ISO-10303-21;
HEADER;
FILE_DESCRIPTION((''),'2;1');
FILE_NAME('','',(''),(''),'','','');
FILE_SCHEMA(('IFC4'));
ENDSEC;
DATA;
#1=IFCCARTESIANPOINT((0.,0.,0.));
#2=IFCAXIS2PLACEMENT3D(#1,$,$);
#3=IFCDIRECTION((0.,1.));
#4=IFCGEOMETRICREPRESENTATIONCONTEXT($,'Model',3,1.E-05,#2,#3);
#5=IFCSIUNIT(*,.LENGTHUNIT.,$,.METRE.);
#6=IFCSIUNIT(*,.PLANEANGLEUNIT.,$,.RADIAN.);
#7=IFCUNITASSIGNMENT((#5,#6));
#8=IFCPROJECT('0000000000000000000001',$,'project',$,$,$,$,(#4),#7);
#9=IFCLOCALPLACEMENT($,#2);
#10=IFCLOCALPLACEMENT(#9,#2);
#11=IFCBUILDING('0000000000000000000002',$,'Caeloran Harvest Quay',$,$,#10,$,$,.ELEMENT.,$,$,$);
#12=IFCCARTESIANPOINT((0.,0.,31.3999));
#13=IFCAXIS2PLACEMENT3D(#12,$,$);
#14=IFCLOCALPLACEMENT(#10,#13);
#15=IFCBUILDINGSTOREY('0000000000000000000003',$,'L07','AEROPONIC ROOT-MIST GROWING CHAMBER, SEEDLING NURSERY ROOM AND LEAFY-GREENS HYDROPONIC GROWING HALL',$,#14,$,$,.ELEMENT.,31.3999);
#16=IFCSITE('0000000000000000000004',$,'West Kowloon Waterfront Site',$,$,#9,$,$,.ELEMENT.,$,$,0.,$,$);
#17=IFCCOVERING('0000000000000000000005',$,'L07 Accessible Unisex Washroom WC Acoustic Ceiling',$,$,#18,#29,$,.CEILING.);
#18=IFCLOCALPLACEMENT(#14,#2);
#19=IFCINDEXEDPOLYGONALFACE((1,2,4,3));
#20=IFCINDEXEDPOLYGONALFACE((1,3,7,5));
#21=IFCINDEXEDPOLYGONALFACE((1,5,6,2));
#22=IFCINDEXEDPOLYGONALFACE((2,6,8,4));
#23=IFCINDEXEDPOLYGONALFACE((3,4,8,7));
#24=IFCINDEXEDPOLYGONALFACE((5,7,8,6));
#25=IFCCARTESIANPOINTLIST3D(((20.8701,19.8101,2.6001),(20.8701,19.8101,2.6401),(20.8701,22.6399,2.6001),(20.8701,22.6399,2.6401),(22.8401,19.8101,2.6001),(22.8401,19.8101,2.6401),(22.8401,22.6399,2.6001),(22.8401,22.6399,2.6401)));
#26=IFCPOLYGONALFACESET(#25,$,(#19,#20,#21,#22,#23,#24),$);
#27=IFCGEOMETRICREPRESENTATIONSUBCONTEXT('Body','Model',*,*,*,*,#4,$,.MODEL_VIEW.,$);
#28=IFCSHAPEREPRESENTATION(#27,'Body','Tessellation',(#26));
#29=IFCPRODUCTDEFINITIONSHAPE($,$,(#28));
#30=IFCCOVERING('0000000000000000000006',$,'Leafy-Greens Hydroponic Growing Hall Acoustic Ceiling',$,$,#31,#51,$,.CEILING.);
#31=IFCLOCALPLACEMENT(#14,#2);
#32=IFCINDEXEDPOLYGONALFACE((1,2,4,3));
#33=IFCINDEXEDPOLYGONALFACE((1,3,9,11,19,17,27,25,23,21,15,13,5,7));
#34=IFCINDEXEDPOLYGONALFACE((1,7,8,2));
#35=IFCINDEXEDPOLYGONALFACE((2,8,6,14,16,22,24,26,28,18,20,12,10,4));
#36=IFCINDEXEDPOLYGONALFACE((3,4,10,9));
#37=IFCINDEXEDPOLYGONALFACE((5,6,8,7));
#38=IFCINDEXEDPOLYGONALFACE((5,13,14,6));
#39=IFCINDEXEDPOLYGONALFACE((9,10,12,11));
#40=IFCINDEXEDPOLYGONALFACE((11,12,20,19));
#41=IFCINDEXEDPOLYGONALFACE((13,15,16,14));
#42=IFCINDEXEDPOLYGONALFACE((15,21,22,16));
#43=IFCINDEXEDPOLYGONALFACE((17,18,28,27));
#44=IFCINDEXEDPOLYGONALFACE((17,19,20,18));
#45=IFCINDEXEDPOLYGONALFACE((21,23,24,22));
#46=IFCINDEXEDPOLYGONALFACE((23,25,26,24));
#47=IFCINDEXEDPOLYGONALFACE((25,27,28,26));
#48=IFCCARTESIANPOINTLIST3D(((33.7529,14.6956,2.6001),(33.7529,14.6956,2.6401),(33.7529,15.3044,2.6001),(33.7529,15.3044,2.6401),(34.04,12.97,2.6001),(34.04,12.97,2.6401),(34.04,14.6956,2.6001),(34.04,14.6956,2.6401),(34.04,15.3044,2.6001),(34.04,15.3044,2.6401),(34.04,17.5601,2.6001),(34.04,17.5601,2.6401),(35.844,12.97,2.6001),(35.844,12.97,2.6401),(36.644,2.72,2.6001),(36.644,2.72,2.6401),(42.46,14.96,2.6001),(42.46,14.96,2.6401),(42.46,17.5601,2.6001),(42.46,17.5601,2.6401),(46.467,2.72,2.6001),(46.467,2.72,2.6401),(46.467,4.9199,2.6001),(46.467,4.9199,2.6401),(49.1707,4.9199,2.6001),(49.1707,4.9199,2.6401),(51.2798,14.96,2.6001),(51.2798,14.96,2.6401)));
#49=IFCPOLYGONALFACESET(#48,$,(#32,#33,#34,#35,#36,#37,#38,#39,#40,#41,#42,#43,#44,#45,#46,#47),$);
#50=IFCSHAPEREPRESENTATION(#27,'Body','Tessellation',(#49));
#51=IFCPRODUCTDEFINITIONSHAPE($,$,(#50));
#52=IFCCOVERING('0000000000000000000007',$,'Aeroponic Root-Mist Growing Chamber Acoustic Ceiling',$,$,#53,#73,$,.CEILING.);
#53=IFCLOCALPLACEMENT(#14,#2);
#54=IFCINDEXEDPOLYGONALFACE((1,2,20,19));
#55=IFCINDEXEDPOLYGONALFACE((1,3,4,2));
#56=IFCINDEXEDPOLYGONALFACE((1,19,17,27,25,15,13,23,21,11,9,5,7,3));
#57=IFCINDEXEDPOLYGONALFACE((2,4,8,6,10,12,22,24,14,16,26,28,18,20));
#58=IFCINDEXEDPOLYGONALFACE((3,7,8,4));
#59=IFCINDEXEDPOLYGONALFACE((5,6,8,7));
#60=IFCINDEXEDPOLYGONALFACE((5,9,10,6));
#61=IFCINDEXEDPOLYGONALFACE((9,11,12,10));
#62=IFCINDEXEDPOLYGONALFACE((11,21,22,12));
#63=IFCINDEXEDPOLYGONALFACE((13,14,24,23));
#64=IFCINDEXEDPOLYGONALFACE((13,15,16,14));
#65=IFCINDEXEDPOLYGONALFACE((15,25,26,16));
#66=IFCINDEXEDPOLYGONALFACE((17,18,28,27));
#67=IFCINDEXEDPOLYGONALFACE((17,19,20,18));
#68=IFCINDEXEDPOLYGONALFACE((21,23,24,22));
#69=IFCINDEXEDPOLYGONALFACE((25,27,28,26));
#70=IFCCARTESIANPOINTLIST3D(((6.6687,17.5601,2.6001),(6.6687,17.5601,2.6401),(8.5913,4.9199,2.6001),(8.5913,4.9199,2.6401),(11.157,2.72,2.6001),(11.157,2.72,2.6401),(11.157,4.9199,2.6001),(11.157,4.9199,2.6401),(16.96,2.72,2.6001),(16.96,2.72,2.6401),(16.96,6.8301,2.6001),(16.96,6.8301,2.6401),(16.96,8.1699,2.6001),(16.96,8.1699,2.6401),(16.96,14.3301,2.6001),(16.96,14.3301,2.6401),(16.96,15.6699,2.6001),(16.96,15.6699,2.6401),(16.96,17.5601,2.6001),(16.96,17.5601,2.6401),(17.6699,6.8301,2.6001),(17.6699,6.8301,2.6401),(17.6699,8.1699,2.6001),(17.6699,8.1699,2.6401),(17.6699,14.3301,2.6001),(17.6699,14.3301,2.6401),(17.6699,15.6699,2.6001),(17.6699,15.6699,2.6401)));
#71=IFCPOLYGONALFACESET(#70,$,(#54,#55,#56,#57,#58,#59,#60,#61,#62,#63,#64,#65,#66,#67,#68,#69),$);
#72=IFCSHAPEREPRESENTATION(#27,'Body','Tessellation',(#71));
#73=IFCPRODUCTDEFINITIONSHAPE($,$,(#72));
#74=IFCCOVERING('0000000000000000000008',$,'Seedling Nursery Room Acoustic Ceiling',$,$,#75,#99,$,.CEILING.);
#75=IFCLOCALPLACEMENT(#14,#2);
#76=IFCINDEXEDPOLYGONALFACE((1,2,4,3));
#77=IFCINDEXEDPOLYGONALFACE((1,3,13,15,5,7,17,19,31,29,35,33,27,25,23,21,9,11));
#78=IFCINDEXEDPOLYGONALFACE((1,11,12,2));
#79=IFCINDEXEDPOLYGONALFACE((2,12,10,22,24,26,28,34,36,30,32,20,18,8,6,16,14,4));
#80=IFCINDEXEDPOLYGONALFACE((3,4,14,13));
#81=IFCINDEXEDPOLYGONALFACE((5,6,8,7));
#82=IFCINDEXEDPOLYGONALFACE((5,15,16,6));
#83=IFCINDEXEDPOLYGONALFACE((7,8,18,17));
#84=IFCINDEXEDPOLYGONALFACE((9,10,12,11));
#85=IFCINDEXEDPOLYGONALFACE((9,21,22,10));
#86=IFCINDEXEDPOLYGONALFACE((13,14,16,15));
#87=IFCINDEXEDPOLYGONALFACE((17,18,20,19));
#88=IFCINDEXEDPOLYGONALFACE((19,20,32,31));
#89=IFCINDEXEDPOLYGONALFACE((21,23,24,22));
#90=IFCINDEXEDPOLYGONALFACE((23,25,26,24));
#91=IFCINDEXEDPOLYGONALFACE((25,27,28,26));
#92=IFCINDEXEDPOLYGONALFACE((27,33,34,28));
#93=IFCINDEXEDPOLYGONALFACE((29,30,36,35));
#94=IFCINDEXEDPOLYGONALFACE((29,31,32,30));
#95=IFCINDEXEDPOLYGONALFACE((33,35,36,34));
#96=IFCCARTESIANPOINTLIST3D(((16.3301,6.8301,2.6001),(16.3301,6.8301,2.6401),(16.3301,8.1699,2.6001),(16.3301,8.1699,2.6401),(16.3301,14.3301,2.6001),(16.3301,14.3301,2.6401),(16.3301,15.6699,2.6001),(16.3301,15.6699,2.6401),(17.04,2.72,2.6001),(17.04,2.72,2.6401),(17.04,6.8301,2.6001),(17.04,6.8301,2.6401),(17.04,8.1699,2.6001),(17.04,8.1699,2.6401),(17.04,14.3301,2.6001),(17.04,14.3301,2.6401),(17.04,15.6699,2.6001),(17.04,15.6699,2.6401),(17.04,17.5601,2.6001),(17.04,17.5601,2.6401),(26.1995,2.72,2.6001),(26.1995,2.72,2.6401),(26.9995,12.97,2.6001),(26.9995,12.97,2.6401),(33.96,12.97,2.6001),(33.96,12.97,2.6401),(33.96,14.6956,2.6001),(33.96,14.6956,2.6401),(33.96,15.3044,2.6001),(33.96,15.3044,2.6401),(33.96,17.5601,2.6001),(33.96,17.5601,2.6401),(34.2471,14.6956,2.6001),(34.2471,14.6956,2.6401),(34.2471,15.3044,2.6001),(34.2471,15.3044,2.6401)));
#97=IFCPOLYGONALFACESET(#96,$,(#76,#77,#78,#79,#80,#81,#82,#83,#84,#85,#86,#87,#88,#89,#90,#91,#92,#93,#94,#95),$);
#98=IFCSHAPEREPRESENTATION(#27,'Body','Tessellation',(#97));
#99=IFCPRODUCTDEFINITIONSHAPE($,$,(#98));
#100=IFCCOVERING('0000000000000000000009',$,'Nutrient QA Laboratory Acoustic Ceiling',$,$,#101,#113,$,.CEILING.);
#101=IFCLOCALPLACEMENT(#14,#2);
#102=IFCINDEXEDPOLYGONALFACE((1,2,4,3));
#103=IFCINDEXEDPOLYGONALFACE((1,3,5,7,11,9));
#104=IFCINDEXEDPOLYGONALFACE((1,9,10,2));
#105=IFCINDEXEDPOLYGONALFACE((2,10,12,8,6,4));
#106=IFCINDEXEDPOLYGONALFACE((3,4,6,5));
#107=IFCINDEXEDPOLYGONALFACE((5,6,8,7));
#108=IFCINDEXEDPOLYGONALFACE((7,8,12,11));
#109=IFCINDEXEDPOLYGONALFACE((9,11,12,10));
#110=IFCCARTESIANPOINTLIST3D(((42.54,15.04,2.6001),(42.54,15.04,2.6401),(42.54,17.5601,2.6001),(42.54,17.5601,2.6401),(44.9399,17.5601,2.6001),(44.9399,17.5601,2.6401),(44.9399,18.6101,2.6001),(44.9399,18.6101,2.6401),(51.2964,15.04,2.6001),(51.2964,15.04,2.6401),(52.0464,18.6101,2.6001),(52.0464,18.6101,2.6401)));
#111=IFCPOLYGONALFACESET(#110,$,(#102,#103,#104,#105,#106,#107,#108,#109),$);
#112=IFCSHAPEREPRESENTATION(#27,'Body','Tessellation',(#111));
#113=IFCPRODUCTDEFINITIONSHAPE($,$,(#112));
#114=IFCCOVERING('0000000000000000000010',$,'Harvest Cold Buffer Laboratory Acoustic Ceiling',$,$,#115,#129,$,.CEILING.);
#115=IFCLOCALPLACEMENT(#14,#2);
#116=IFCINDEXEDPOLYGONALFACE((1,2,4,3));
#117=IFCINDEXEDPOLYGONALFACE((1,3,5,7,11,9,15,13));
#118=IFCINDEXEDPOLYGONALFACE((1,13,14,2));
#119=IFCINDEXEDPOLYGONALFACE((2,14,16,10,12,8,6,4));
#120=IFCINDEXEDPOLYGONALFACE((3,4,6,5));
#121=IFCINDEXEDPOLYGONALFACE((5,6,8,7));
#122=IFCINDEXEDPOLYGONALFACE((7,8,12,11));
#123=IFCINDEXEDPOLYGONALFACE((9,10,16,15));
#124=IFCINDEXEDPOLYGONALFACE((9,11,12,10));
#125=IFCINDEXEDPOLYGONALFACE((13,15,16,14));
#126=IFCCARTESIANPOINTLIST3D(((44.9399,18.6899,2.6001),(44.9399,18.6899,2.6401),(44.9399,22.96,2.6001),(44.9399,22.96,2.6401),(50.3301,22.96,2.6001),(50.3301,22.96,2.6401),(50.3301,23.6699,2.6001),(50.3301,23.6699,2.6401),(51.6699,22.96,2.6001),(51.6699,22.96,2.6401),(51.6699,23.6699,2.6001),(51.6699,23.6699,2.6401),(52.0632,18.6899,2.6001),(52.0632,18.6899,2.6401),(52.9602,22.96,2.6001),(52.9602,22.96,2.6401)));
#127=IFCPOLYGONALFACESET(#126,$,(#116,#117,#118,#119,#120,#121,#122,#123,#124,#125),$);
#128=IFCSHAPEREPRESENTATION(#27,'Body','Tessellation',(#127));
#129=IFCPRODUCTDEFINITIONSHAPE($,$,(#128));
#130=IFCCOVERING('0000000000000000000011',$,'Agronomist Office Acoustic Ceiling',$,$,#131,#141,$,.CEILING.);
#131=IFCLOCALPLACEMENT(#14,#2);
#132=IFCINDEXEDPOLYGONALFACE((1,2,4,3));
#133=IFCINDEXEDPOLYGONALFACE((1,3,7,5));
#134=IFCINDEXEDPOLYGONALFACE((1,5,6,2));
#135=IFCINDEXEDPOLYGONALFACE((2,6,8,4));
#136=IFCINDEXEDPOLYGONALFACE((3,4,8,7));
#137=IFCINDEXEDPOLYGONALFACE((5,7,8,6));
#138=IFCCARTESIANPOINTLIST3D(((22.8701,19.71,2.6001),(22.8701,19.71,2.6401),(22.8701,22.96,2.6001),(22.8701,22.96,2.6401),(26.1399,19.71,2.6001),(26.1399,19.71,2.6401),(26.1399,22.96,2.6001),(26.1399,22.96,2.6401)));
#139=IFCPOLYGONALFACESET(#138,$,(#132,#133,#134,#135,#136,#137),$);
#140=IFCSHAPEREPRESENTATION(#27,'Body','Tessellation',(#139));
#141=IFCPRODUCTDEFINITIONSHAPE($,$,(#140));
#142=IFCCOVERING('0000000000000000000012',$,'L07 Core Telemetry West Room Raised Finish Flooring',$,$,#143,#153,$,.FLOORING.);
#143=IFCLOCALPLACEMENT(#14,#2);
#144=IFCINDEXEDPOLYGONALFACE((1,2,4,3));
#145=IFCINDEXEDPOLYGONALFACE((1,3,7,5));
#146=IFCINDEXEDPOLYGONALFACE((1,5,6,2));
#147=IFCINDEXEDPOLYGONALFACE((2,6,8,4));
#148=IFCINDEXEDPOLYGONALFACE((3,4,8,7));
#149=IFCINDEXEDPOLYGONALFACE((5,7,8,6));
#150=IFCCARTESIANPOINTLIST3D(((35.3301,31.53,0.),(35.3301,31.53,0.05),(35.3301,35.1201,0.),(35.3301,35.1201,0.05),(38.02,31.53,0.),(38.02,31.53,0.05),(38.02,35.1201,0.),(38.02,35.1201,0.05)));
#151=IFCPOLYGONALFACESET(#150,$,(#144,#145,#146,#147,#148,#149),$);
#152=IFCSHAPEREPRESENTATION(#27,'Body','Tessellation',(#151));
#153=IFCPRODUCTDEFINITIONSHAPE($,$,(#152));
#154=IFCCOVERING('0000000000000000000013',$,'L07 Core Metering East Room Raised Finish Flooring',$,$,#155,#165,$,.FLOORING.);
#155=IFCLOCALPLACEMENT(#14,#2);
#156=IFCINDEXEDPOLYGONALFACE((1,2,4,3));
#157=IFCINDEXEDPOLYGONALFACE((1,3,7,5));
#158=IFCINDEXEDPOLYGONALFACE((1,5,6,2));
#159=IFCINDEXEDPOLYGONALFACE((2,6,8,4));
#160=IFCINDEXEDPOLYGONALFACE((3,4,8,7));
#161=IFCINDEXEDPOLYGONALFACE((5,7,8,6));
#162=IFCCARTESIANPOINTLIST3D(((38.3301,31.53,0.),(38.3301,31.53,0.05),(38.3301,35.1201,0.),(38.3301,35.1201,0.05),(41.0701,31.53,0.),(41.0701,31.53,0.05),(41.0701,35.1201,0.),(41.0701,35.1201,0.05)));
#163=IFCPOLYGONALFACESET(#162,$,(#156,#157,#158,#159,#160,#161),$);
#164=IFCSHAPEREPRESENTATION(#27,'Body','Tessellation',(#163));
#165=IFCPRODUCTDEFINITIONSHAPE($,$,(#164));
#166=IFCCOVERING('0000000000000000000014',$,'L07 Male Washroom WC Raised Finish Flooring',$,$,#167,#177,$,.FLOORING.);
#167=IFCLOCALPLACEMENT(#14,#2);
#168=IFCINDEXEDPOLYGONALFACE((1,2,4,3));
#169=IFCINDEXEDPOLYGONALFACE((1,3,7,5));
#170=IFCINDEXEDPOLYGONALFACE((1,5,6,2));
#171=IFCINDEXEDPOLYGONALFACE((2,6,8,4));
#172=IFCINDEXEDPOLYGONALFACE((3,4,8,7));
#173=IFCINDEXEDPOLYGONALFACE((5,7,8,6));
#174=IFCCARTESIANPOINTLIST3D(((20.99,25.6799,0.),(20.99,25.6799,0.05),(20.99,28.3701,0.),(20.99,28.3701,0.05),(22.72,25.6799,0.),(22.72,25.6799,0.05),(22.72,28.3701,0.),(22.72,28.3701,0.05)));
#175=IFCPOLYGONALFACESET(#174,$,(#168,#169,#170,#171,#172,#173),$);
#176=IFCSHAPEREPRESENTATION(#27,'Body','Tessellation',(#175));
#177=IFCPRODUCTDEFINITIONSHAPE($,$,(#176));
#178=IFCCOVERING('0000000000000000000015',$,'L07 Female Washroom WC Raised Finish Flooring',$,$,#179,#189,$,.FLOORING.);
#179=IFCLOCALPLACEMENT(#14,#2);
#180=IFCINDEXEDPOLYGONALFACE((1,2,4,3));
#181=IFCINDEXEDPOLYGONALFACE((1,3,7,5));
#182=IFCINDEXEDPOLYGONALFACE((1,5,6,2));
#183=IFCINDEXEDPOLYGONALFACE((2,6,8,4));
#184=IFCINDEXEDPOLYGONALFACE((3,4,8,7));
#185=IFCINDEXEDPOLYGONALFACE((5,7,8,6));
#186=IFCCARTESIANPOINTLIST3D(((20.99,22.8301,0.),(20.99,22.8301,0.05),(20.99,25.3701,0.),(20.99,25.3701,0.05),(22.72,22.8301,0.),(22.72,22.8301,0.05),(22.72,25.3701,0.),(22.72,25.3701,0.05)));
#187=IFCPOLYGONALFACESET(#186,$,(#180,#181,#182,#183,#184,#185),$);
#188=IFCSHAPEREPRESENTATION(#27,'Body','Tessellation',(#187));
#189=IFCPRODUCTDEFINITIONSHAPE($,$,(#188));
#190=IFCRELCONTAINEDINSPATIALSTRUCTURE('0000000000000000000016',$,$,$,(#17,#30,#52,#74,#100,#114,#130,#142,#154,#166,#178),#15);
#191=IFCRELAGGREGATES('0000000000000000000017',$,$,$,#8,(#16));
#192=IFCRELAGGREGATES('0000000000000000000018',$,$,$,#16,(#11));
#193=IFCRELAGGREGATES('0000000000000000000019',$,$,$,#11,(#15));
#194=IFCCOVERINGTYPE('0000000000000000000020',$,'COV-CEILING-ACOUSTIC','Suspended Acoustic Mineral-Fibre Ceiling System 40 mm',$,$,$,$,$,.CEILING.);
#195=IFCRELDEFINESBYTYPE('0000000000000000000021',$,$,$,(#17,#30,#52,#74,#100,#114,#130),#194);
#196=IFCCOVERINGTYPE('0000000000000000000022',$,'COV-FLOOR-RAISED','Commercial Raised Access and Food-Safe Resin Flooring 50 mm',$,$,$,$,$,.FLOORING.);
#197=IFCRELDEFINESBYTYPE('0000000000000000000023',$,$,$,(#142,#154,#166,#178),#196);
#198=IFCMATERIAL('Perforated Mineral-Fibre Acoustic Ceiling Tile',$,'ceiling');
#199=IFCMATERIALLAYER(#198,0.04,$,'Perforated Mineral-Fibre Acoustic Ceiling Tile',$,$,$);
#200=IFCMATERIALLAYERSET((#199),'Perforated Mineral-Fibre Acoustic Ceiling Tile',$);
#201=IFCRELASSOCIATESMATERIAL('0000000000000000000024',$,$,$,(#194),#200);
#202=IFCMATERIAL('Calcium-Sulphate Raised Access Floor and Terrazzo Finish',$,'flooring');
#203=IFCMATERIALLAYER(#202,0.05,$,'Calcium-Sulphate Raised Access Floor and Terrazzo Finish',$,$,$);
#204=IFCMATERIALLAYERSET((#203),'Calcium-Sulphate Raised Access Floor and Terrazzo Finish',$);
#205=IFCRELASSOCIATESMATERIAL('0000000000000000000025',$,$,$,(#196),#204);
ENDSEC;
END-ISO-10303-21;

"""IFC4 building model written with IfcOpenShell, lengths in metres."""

from ifc_helpers import new_model, si_unit, direction, frame, origin, place, context, subcontext, project, spatial, polyline, outline, extrude, material, layer, layer_set, type_object, element, save


model = new_model("IFC4")

# Units and contexts
model_context = context("Model", 3, precision=1e-05, world=origin(), true_north=direction((0.0, 1.0)))
body_context = subcontext(model_context, "Body", "Model", "MODEL_VIEW")
ifc_project = project(units=[si_unit("LENGTHUNIT", "METRE"), si_unit("PLANEANGLEUNIT", "RADIAN")], contexts=[model_context])

# Site, building, storey
site_placement = place(None, origin())
site = spatial("IfcSite", under=ifc_project, at=site_placement, Name="West Kowloon Waterfront Site", CompositionType="ELEMENT", RefElevation=0.0)
building_placement = place(site_placement, origin())
building = spatial("IfcBuilding", under=site, at=building_placement, Name="Caeloran Harvest Quay", CompositionType="ELEMENT")
storey_placement = place(building_placement, frame((0.0, 0.0, 31.3999)))
storey = spatial("IfcBuildingStorey", under=building, at=storey_placement, Name="L07", Description="AEROPONIC ROOT-MIST GROWING CHAMBER, SEEDLING NURSERY ROOM AND LEAFY-GREENS HYDROPONIC GROWING HALL", CompositionType="ELEMENT", Elevation=31.3999)

# Coverings
ifc_material_1 = material(Name="Perforated Mineral-Fibre Acoustic Ceiling Tile", Category="ceiling")
ifc_layer_1 = layer(ifc_material_1, 0.04, Name="Perforated Mineral-Fibre Acoustic Ceiling Tile")
ifc_layer_set_1 = layer_set([ifc_layer_1], Name="Perforated Mineral-Fibre Acoustic Ceiling Tile")
covering_type_1 = type_object("IfcCoveringType", Name="COV-CEILING-ACOUSTIC", Description="Suspended Acoustic Mineral-Fibre Ceiling System 40 mm", PredefinedType="CEILING", material=ifc_layer_set_1)
covering_1_placement = place(storey_placement, frame((0.0, 0.0, 2.6001)))
element("IfcCovering", 1, at=covering_1_placement, inside=storey, type_object=covering_type_1, Name="L07 Accessible Unisex Washroom WC Acoustic Ceiling", PredefinedType="CEILING", context=body_context, shape_type="SweptSolid", body=[
    extrude(outline(polyline([(22.8401, 19.8101), (20.8701, 19.8101), (20.8701, 22.6399), (22.8401, 22.6399), (22.8401, 19.8101)])), origin(), (0.0, 0.0, 1.0), 0.04),
])
covering_2_placement = place(storey_placement, frame((0.0, 0.0, 2.6001)))
element("IfcCovering", 2, at=covering_2_placement, inside=storey, type_object=covering_type_1, Name="Leafy-Greens Hydroponic Growing Hall Acoustic Ceiling", PredefinedType="CEILING", context=body_context, shape_type="SweptSolid", body=[
    extrude(outline(polyline([(34.04, 14.6956), (33.7529, 14.6956), (33.7529, 15.3044), (34.04, 15.3044), (34.04, 17.5601), (42.46, 17.5601), (42.46, 14.96), (51.2798, 14.96), (49.1707, 4.9199), (46.467, 4.9199), (46.467, 2.72), (36.644, 2.72), (35.844, 12.97), (34.04, 12.97), (34.04, 14.6956)])), origin(), (0.0, 0.0, 1.0), 0.04),
])
covering_3_placement = place(storey_placement, frame((0.0, 0.0, 2.6001)))
element("IfcCovering", 3, at=covering_3_placement, inside=storey, type_object=covering_type_1, Name="Aeroponic Root-Mist Growing Chamber Acoustic Ceiling", PredefinedType="CEILING", context=body_context, shape_type="SweptSolid", body=[
    extrude(outline(polyline([(17.6699, 6.8301), (16.96, 6.8301), (16.96, 2.72), (11.157, 2.72), (11.157, 4.9199), (8.5913, 4.9199), (6.6687, 17.5601), (16.96, 17.5601), (16.96, 15.6699), (17.6699, 15.6699), (17.6699, 14.3301), (16.96, 14.3301), (16.96, 8.1699), (17.6699, 8.1699), (17.6699, 6.8301)])), origin(), (0.0, 0.0, 1.0), 0.04),
])
covering_4_placement = place(storey_placement, frame((0.0, 0.0, 2.6001)))
element("IfcCovering", 4, at=covering_4_placement, inside=storey, type_object=covering_type_1, Name="Seedling Nursery Room Acoustic Ceiling", PredefinedType="CEILING", context=body_context, shape_type="SweptSolid", body=[
    extrude(outline(polyline([(16.3301, 8.1699), (17.04, 8.1699), (17.04, 14.3301), (16.3301, 14.3301), (16.3301, 15.6699), (17.04, 15.6699), (17.04, 17.5601), (33.96, 17.5601), (33.96, 15.3044), (34.2471, 15.3044), (34.2471, 14.6956), (33.96, 14.6956), (33.96, 12.97), (26.9995, 12.97), (26.1995, 2.72), (17.04, 2.72), (17.04, 6.8301), (16.3301, 6.8301), (16.3301, 8.1699)])), origin(), (0.0, 0.0, 1.0), 0.04),
])
covering_5_placement = place(storey_placement, frame((0.0, 0.0, 2.6001)))
element("IfcCovering", 5, at=covering_5_placement, inside=storey, type_object=covering_type_1, Name="Nutrient QA Laboratory Acoustic Ceiling", PredefinedType="CEILING", context=body_context, shape_type="SweptSolid", body=[
    extrude(outline(polyline([(44.9399, 17.5601), (44.9399, 18.6101), (52.0464, 18.6101), (51.2964, 15.04), (42.54, 15.04), (42.54, 17.5601), (44.9399, 17.5601)])), origin(), (0.0, 0.0, 1.0), 0.04),
])
covering_6_placement = place(storey_placement, frame((0.0, 0.0, 2.6001)))
element("IfcCovering", 6, at=covering_6_placement, inside=storey, type_object=covering_type_1, Name="Harvest Cold Buffer Laboratory Acoustic Ceiling", PredefinedType="CEILING", context=body_context, shape_type="SweptSolid", body=[
    extrude(outline(polyline([(44.9399, 22.96), (50.3301, 22.96), (50.3301, 23.6699), (51.6699, 23.6699), (51.6699, 22.96), (52.9602, 22.96), (52.0632, 18.6899), (44.9399, 18.6899), (44.9399, 22.96)])), origin(), (0.0, 0.0, 1.0), 0.04),
])
covering_7_placement = place(storey_placement, frame((0.0, 0.0, 2.6001)))
element("IfcCovering", 7, at=covering_7_placement, inside=storey, type_object=covering_type_1, Name="Agronomist Office Acoustic Ceiling", PredefinedType="CEILING", context=body_context, shape_type="SweptSolid", body=[
    extrude(outline(polyline([(26.1399, 22.96), (26.1399, 19.71), (22.8701, 19.71), (22.8701, 22.96), (26.1399, 22.96)])), origin(), (0.0, 0.0, 1.0), 0.04),
])
ifc_material_2 = material(Name="Calcium-Sulphate Raised Access Floor and Terrazzo Finish", Category="flooring")
ifc_layer_2 = layer(ifc_material_2, 0.05, Name="Calcium-Sulphate Raised Access Floor and Terrazzo Finish")
ifc_layer_set_2 = layer_set([ifc_layer_2], Name="Calcium-Sulphate Raised Access Floor and Terrazzo Finish")
covering_type_2 = type_object("IfcCoveringType", Name="COV-FLOOR-RAISED", Description="Commercial Raised Access and Food-Safe Resin Flooring 50 mm", PredefinedType="FLOORING", material=ifc_layer_set_2)
covering_8_placement = place(storey_placement, origin())
element("IfcCovering", 8, at=covering_8_placement, inside=storey, type_object=covering_type_2, Name="L07 Core Telemetry West Room Raised Finish Flooring", PredefinedType="FLOORING", context=body_context, shape_type="SweptSolid", body=[
    extrude(outline(polyline([(38.02, 35.1201), (38.02, 31.53), (35.3301, 31.53), (35.3301, 35.1201), (38.02, 35.1201)])), origin(), (0.0, 0.0, 1.0), 0.05),
])
covering_9_placement = place(storey_placement, origin())
element("IfcCovering", 9, at=covering_9_placement, inside=storey, type_object=covering_type_2, Name="L07 Core Metering East Room Raised Finish Flooring", PredefinedType="FLOORING", context=body_context, shape_type="SweptSolid", body=[
    extrude(outline(polyline([(41.0701, 35.1201), (41.0701, 31.53), (38.3301, 31.53), (38.3301, 35.1201), (41.0701, 35.1201)])), origin(), (0.0, 0.0, 1.0), 0.05),
])
covering_10_placement = place(storey_placement, origin())
element("IfcCovering", 10, at=covering_10_placement, inside=storey, type_object=covering_type_2, Name="L07 Male Washroom WC Raised Finish Flooring", PredefinedType="FLOORING", context=body_context, shape_type="SweptSolid", body=[
    extrude(outline(polyline([(22.72, 25.6799), (20.99, 25.6799), (20.99, 28.3701), (22.72, 28.3701), (22.72, 25.6799)])), origin(), (0.0, 0.0, 1.0), 0.05),
])
covering_11_placement = place(storey_placement, origin())
element("IfcCovering", 11, at=covering_11_placement, inside=storey, type_object=covering_type_2, Name="L07 Female Washroom WC Raised Finish Flooring", PredefinedType="FLOORING", context=body_context, shape_type="SweptSolid", body=[
    extrude(outline(polyline([(22.72, 22.8301), (20.99, 22.8301), (20.99, 25.3701), (22.72, 25.3701), (22.72, 22.8301)])), origin(), (0.0, 0.0, 1.0), 0.05),
])

save(model, "model.ifc")
